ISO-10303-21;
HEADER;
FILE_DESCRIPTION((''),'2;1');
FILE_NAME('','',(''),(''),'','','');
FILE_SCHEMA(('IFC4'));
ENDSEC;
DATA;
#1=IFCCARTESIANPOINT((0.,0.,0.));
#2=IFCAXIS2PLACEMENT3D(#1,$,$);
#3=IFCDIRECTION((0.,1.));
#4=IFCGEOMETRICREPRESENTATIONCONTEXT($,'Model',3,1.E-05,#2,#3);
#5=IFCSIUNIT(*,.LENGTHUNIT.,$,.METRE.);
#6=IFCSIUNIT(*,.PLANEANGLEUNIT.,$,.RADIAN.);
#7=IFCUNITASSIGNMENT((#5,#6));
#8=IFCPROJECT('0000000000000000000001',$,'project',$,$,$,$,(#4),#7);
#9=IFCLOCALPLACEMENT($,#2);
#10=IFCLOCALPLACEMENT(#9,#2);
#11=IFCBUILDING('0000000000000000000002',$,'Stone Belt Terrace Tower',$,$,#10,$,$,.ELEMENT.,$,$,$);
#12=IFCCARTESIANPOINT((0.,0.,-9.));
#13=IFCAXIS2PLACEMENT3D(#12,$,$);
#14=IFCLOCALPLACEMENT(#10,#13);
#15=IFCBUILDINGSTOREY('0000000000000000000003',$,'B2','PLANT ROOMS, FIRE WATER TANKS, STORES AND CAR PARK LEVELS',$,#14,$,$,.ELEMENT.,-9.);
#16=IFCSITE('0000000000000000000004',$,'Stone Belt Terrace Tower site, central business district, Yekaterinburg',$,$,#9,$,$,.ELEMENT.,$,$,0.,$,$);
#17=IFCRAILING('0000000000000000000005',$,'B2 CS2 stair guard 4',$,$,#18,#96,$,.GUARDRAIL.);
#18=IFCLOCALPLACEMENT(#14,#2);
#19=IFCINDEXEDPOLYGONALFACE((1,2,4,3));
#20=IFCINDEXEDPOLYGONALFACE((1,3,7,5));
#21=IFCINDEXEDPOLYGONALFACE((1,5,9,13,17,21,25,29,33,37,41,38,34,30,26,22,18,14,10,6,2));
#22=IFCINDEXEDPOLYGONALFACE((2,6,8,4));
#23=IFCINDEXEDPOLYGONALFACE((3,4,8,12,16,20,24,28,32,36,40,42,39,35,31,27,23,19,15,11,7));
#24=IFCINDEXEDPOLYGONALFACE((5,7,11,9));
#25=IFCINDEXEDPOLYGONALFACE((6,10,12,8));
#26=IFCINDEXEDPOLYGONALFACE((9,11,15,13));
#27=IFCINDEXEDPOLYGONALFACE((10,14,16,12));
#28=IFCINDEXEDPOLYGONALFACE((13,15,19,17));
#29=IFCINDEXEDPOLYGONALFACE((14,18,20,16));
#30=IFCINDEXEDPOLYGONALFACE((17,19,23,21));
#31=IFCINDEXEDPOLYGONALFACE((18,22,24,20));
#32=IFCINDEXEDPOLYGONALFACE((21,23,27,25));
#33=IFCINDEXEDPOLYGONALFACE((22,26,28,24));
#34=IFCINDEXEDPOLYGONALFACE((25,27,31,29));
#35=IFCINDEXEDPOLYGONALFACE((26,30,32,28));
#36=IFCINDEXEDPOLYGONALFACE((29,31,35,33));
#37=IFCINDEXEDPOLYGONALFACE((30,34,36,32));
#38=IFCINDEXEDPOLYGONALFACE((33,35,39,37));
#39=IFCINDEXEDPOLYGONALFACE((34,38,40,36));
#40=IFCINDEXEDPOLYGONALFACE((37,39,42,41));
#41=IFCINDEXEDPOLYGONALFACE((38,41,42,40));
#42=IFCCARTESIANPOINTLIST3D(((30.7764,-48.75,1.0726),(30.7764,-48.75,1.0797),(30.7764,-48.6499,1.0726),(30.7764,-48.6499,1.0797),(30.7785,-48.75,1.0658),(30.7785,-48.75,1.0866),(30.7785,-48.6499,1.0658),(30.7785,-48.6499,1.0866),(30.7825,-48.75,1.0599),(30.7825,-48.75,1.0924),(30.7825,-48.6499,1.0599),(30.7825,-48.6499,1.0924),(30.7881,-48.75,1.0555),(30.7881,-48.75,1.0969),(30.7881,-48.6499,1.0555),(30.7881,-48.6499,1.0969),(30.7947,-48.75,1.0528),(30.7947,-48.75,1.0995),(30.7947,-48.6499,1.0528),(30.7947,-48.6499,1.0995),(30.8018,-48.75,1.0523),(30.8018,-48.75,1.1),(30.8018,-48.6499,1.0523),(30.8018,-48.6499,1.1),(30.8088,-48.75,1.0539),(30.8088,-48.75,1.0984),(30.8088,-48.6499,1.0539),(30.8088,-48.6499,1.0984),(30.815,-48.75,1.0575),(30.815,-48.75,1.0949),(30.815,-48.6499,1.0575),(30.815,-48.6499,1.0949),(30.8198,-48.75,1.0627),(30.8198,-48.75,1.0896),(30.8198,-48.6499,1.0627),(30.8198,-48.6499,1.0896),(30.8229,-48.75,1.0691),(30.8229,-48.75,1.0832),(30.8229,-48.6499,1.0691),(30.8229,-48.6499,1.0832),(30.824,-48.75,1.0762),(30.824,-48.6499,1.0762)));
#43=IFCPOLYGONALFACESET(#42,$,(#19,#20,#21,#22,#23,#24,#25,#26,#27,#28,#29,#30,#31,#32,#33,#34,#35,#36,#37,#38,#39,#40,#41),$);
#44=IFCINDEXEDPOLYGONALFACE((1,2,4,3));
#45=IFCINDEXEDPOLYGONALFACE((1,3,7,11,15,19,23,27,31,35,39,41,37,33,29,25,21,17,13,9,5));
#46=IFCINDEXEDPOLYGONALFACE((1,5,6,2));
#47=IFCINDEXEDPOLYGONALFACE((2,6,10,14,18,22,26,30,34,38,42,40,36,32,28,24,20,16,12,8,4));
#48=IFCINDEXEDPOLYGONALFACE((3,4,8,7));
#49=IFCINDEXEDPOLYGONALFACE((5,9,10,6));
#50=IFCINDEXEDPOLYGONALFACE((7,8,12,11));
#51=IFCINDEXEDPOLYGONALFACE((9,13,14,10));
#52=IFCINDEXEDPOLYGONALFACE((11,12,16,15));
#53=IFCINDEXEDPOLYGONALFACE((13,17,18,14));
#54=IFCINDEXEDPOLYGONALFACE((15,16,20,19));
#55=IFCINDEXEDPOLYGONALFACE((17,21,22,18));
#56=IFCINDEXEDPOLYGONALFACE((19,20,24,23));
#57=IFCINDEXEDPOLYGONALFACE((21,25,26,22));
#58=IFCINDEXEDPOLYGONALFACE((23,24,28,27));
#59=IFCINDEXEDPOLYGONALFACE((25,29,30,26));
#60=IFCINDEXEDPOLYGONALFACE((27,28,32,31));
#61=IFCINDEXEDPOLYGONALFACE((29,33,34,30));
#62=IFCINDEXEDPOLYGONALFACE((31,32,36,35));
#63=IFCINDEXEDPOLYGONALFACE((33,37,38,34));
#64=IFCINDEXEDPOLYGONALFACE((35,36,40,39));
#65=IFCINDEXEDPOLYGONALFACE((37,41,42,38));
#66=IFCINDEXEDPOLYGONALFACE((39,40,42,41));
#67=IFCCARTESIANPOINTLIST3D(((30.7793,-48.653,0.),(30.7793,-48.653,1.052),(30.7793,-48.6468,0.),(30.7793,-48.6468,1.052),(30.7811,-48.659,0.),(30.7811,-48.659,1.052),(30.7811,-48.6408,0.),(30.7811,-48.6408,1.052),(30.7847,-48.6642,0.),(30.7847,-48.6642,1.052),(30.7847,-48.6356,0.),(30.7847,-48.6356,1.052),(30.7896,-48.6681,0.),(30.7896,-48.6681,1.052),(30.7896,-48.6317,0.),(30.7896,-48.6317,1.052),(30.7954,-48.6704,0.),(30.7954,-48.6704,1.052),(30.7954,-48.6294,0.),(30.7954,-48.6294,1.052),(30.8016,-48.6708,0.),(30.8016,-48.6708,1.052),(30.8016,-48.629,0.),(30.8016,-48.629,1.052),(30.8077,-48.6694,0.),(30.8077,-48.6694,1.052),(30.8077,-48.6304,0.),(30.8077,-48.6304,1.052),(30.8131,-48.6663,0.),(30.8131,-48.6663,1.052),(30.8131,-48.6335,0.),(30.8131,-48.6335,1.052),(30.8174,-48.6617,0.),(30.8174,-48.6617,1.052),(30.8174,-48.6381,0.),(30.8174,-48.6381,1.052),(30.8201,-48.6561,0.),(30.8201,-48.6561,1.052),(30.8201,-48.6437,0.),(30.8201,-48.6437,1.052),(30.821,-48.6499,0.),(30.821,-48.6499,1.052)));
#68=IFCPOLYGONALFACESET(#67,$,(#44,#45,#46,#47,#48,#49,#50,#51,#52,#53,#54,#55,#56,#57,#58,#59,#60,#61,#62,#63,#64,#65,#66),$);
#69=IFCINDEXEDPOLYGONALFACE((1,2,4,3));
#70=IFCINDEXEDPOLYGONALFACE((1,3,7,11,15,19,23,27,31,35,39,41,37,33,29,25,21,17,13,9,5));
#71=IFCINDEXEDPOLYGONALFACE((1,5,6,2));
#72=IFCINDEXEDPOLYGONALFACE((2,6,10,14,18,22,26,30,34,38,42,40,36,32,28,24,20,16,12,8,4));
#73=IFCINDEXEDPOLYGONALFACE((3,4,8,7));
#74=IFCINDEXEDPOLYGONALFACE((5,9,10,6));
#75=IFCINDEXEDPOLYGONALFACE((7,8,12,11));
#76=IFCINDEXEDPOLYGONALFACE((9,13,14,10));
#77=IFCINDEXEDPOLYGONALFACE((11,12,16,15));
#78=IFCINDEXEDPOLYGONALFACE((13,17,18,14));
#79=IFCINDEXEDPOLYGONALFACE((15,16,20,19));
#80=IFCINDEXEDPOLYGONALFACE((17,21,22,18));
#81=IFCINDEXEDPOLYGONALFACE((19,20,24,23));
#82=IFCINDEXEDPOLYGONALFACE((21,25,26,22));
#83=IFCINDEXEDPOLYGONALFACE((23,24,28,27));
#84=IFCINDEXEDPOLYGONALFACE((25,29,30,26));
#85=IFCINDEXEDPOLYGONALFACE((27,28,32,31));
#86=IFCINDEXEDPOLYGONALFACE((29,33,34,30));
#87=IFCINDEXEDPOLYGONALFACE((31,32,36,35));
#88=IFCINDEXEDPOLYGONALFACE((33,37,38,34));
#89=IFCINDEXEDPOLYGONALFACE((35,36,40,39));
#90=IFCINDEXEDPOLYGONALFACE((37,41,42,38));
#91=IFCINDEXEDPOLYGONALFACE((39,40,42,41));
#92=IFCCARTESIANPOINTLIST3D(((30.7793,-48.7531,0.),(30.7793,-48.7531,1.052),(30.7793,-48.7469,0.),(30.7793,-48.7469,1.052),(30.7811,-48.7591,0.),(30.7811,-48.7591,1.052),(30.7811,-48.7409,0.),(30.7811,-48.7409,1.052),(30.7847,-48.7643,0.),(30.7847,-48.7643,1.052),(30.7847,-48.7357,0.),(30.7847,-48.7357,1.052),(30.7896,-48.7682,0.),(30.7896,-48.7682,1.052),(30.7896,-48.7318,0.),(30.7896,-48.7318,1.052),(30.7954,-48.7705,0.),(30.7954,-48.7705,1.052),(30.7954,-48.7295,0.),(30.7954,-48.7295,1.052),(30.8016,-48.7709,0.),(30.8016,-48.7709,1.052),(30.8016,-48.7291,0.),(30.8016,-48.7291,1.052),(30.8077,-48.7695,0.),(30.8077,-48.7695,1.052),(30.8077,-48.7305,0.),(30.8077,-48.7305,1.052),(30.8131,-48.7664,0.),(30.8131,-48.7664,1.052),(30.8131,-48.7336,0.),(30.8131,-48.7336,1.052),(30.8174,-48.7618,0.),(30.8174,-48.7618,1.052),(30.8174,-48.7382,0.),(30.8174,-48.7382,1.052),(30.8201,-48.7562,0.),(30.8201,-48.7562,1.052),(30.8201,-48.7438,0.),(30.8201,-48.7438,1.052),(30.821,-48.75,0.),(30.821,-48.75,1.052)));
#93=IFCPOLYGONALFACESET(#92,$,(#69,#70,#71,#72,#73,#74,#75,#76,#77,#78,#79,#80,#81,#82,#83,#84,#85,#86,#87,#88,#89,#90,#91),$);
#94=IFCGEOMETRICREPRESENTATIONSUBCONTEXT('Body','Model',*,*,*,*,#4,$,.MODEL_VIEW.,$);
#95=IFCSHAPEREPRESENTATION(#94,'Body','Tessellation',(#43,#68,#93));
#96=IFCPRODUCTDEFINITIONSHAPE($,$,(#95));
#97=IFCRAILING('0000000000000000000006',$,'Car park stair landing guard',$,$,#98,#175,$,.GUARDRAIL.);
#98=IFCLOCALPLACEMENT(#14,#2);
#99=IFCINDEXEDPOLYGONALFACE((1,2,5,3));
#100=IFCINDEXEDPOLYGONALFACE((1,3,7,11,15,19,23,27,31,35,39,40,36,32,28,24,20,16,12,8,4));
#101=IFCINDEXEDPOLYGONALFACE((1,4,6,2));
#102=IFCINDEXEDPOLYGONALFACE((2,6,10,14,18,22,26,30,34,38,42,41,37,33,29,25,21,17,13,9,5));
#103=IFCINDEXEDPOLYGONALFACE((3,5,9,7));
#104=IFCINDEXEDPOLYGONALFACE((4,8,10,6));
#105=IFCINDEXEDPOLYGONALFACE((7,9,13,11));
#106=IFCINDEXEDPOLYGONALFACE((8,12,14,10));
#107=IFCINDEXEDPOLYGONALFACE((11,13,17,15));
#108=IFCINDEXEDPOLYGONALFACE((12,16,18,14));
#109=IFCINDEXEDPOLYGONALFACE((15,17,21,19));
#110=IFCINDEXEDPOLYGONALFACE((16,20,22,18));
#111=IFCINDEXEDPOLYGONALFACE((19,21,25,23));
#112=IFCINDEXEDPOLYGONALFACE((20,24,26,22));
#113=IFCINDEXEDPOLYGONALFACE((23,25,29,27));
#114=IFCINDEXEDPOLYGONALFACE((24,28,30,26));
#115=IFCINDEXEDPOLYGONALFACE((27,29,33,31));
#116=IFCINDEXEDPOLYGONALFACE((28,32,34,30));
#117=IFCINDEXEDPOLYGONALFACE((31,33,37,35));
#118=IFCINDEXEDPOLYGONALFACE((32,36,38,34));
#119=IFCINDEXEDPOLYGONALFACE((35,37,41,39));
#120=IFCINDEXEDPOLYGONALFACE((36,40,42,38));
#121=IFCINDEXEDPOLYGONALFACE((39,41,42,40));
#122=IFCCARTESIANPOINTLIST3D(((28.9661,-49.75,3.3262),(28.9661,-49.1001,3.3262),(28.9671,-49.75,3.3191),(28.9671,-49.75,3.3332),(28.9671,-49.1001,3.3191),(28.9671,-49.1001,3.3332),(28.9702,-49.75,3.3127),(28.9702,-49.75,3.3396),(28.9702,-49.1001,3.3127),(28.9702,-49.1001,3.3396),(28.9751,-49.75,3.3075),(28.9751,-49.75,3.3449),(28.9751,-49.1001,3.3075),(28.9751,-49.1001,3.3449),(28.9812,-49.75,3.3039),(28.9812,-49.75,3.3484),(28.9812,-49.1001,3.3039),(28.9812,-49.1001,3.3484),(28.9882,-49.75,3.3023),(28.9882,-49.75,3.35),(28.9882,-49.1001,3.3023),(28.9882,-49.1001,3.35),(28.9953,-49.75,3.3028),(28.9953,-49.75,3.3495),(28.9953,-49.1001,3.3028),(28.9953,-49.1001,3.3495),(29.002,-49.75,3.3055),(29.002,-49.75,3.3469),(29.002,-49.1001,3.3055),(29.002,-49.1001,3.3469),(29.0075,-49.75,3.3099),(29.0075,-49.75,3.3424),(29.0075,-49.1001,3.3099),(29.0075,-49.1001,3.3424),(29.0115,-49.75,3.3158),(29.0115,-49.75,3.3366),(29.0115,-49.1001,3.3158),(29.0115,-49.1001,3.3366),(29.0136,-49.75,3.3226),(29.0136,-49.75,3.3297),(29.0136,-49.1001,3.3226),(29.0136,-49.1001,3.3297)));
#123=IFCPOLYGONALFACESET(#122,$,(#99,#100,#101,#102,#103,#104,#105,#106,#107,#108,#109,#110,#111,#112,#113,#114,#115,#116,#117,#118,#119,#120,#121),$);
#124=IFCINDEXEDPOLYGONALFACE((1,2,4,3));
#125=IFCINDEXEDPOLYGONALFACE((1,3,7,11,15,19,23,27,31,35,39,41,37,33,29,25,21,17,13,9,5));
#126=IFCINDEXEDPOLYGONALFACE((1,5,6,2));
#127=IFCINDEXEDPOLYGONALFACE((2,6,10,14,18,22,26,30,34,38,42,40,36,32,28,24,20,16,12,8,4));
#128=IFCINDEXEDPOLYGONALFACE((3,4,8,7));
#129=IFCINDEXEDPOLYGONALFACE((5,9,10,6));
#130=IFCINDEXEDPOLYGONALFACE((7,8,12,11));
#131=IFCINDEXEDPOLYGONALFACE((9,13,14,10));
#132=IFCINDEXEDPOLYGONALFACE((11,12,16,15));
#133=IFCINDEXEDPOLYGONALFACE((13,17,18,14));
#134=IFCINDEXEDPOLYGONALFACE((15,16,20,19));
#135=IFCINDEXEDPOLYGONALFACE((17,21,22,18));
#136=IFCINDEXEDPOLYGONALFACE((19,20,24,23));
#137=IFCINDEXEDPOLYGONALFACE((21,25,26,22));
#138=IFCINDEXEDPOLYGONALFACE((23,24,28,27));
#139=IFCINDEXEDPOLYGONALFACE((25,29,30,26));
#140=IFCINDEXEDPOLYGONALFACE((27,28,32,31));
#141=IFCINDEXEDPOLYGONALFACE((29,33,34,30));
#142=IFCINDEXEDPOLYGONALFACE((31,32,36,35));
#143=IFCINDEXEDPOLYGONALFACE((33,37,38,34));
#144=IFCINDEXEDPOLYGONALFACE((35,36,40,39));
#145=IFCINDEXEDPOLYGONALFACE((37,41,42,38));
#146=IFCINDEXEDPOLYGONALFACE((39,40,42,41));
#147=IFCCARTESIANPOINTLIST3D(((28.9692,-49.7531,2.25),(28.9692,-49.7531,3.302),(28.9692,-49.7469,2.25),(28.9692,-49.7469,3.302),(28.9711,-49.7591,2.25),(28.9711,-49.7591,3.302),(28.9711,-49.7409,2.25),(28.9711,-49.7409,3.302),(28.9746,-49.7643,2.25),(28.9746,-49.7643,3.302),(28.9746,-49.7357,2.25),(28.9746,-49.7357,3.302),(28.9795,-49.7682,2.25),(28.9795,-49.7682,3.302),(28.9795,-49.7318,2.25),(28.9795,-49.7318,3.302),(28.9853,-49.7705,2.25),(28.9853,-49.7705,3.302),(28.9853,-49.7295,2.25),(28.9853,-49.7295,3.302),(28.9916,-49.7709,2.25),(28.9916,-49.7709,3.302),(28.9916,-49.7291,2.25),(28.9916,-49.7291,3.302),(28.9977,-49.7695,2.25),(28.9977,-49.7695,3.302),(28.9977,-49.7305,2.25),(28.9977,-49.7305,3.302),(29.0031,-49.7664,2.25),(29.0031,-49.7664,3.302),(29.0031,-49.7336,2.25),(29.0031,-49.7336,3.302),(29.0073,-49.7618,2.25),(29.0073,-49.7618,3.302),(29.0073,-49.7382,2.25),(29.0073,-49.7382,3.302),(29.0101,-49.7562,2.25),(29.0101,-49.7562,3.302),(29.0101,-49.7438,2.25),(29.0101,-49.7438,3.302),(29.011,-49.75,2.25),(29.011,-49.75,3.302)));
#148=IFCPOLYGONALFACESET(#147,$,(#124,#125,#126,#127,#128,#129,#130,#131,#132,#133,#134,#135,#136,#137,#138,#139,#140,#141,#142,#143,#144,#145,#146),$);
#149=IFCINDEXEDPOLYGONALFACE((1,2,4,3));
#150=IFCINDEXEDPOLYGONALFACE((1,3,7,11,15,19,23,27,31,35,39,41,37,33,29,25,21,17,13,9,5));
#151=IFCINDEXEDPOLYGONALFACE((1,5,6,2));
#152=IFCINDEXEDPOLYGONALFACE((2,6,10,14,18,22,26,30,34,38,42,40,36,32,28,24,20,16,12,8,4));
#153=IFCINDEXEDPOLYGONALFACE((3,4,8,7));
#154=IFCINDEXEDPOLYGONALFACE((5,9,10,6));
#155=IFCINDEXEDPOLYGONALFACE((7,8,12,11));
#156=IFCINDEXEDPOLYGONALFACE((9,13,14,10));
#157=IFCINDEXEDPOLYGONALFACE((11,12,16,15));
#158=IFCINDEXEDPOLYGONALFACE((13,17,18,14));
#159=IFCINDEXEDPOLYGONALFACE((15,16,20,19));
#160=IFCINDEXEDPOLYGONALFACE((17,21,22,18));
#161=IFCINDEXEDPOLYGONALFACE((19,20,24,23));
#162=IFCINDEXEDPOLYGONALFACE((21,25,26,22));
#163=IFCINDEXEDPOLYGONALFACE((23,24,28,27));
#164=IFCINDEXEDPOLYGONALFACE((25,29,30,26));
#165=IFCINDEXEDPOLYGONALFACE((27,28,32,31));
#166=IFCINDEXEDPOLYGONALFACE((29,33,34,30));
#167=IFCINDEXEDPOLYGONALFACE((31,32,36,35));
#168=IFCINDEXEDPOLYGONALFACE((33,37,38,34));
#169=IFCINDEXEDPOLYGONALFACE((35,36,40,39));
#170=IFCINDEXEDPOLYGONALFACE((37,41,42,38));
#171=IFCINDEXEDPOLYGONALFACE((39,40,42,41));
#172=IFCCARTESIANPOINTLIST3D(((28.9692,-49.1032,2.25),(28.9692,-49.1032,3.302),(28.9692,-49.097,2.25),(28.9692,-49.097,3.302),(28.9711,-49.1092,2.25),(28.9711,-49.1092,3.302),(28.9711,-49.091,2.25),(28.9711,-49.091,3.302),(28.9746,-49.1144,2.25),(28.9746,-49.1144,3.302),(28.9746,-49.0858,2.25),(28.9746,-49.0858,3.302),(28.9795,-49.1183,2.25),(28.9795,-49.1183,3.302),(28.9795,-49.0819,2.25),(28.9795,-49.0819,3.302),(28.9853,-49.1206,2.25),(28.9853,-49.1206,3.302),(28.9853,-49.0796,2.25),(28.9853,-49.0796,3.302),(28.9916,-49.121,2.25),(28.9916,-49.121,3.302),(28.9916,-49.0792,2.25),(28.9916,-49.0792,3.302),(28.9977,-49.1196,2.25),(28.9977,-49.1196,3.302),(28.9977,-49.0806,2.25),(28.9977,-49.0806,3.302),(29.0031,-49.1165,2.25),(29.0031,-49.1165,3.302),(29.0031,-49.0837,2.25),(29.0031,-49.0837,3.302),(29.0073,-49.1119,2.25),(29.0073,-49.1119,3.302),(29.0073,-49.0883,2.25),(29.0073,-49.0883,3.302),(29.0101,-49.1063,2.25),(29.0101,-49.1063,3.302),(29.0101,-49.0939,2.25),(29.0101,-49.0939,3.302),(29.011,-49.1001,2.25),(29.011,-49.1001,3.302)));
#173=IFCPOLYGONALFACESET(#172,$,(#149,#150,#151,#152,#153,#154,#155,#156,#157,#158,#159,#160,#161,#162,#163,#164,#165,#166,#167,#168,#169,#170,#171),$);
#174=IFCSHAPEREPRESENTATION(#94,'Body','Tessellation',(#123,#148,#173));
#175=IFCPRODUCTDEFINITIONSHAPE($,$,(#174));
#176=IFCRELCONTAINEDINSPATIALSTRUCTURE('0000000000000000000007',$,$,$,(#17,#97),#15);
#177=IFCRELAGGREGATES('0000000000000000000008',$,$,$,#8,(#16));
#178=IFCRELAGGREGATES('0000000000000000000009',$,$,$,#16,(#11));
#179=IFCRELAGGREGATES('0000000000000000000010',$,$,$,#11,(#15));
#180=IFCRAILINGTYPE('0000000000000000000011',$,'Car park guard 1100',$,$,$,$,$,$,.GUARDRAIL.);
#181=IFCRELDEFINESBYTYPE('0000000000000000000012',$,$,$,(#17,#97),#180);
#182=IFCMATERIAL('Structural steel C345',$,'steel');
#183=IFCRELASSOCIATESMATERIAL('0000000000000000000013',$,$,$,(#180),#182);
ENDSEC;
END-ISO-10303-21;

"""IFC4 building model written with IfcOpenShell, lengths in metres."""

from ifc_helpers import new_model, si_unit, direction, frame, origin, origin_2d, place, context, subcontext, project, spatial, circle, extrude, material, type_object, element, save


model = new_model("IFC4")

# Units and contexts
model_context = context("Model", 3, precision=1e-05, world=origin(), true_north=direction((0.0, 1.0)))
body_context = subcontext(model_context, "Body", "Model", "MODEL_VIEW")
ifc_project = project(units=[si_unit("LENGTHUNIT", "METRE"), si_unit("PLANEANGLEUNIT", "RADIAN")], contexts=[model_context])

# Site, building, storey
site_placement = place(None, origin())
site = spatial("IfcSite", under=ifc_project, at=site_placement, Name="Stone Belt Terrace Tower site, central business district, Yekaterinburg", CompositionType="ELEMENT", RefElevation=0.0)
building_placement = place(site_placement, origin())
building = spatial("IfcBuilding", under=site, at=building_placement, Name="Stone Belt Terrace Tower", CompositionType="ELEMENT")
storey_placement = place(building_placement, frame((0.0, 0.0, -9.0)))
storey = spatial("IfcBuildingStorey", under=building, at=storey_placement, Name="B2", Description="PLANT ROOMS, FIRE WATER TANKS, STORES AND CAR PARK LEVELS", CompositionType="ELEMENT", Elevation=-9.0)

# Railings
ifc_material_1 = material(Name="Structural steel C345", Category="steel")
railing_type_1 = type_object("IfcRailingType", Name="Car park guard 1100", PredefinedType="GUARDRAIL", material=ifc_material_1)
railing_1_placement = place(storey_placement, frame((30.8, -48.6499, 0.0)))
element("IfcRailing", 1, at=railing_1_placement, inside=storey, type_object=railing_type_1, Name="B2 CS2 stair guard 4", PredefinedType="GUARDRAIL", context=body_context, shape_type="SweptSolid", body=[
    extrude(circle(Radius=0.0239, at=origin_2d()), frame((0.0, 0.0, 1.0762), z_axis=(0.0, -1.0, 0.0), x_axis=(1.0, 0.0, 0.0)), (0.0, 0.0, 1.0), 0.1001),
    extrude(circle(Radius=0.021, at=origin_2d()), origin(), (0.0, 0.0, 1.0), 1.052),
    extrude(circle(Radius=0.021, at=origin_2d()), frame((0.0, -0.1001, 0.0)), (0.0, 0.0, 1.0), 1.052),
])
railing_2_placement = place(storey_placement, frame((28.99, -49.75, 2.25)))
element("IfcRailing", 2, at=railing_2_placement, inside=storey, type_object=railing_type_1, Name="Car park stair landing guard", PredefinedType="GUARDRAIL", context=body_context, shape_type="SweptSolid", body=[
    extrude(circle(Radius=0.0239, at=origin_2d()), frame((0.0, 0.0, 1.0762), z_axis=(0.0, 1.0, 0.0), x_axis=(-1.0, 0.0, 0.0)), (0.0, 0.0, 1.0), 0.6499),
    extrude(circle(Radius=0.021, at=origin_2d()), origin(), (0.0, 0.0, 1.0), 1.052),
    extrude(circle(Radius=0.021, at=origin_2d()), frame((0.0, 0.6499, 0.0)), (0.0, 0.0, 1.0), 1.052),
])

save(model, "model.ifc")
